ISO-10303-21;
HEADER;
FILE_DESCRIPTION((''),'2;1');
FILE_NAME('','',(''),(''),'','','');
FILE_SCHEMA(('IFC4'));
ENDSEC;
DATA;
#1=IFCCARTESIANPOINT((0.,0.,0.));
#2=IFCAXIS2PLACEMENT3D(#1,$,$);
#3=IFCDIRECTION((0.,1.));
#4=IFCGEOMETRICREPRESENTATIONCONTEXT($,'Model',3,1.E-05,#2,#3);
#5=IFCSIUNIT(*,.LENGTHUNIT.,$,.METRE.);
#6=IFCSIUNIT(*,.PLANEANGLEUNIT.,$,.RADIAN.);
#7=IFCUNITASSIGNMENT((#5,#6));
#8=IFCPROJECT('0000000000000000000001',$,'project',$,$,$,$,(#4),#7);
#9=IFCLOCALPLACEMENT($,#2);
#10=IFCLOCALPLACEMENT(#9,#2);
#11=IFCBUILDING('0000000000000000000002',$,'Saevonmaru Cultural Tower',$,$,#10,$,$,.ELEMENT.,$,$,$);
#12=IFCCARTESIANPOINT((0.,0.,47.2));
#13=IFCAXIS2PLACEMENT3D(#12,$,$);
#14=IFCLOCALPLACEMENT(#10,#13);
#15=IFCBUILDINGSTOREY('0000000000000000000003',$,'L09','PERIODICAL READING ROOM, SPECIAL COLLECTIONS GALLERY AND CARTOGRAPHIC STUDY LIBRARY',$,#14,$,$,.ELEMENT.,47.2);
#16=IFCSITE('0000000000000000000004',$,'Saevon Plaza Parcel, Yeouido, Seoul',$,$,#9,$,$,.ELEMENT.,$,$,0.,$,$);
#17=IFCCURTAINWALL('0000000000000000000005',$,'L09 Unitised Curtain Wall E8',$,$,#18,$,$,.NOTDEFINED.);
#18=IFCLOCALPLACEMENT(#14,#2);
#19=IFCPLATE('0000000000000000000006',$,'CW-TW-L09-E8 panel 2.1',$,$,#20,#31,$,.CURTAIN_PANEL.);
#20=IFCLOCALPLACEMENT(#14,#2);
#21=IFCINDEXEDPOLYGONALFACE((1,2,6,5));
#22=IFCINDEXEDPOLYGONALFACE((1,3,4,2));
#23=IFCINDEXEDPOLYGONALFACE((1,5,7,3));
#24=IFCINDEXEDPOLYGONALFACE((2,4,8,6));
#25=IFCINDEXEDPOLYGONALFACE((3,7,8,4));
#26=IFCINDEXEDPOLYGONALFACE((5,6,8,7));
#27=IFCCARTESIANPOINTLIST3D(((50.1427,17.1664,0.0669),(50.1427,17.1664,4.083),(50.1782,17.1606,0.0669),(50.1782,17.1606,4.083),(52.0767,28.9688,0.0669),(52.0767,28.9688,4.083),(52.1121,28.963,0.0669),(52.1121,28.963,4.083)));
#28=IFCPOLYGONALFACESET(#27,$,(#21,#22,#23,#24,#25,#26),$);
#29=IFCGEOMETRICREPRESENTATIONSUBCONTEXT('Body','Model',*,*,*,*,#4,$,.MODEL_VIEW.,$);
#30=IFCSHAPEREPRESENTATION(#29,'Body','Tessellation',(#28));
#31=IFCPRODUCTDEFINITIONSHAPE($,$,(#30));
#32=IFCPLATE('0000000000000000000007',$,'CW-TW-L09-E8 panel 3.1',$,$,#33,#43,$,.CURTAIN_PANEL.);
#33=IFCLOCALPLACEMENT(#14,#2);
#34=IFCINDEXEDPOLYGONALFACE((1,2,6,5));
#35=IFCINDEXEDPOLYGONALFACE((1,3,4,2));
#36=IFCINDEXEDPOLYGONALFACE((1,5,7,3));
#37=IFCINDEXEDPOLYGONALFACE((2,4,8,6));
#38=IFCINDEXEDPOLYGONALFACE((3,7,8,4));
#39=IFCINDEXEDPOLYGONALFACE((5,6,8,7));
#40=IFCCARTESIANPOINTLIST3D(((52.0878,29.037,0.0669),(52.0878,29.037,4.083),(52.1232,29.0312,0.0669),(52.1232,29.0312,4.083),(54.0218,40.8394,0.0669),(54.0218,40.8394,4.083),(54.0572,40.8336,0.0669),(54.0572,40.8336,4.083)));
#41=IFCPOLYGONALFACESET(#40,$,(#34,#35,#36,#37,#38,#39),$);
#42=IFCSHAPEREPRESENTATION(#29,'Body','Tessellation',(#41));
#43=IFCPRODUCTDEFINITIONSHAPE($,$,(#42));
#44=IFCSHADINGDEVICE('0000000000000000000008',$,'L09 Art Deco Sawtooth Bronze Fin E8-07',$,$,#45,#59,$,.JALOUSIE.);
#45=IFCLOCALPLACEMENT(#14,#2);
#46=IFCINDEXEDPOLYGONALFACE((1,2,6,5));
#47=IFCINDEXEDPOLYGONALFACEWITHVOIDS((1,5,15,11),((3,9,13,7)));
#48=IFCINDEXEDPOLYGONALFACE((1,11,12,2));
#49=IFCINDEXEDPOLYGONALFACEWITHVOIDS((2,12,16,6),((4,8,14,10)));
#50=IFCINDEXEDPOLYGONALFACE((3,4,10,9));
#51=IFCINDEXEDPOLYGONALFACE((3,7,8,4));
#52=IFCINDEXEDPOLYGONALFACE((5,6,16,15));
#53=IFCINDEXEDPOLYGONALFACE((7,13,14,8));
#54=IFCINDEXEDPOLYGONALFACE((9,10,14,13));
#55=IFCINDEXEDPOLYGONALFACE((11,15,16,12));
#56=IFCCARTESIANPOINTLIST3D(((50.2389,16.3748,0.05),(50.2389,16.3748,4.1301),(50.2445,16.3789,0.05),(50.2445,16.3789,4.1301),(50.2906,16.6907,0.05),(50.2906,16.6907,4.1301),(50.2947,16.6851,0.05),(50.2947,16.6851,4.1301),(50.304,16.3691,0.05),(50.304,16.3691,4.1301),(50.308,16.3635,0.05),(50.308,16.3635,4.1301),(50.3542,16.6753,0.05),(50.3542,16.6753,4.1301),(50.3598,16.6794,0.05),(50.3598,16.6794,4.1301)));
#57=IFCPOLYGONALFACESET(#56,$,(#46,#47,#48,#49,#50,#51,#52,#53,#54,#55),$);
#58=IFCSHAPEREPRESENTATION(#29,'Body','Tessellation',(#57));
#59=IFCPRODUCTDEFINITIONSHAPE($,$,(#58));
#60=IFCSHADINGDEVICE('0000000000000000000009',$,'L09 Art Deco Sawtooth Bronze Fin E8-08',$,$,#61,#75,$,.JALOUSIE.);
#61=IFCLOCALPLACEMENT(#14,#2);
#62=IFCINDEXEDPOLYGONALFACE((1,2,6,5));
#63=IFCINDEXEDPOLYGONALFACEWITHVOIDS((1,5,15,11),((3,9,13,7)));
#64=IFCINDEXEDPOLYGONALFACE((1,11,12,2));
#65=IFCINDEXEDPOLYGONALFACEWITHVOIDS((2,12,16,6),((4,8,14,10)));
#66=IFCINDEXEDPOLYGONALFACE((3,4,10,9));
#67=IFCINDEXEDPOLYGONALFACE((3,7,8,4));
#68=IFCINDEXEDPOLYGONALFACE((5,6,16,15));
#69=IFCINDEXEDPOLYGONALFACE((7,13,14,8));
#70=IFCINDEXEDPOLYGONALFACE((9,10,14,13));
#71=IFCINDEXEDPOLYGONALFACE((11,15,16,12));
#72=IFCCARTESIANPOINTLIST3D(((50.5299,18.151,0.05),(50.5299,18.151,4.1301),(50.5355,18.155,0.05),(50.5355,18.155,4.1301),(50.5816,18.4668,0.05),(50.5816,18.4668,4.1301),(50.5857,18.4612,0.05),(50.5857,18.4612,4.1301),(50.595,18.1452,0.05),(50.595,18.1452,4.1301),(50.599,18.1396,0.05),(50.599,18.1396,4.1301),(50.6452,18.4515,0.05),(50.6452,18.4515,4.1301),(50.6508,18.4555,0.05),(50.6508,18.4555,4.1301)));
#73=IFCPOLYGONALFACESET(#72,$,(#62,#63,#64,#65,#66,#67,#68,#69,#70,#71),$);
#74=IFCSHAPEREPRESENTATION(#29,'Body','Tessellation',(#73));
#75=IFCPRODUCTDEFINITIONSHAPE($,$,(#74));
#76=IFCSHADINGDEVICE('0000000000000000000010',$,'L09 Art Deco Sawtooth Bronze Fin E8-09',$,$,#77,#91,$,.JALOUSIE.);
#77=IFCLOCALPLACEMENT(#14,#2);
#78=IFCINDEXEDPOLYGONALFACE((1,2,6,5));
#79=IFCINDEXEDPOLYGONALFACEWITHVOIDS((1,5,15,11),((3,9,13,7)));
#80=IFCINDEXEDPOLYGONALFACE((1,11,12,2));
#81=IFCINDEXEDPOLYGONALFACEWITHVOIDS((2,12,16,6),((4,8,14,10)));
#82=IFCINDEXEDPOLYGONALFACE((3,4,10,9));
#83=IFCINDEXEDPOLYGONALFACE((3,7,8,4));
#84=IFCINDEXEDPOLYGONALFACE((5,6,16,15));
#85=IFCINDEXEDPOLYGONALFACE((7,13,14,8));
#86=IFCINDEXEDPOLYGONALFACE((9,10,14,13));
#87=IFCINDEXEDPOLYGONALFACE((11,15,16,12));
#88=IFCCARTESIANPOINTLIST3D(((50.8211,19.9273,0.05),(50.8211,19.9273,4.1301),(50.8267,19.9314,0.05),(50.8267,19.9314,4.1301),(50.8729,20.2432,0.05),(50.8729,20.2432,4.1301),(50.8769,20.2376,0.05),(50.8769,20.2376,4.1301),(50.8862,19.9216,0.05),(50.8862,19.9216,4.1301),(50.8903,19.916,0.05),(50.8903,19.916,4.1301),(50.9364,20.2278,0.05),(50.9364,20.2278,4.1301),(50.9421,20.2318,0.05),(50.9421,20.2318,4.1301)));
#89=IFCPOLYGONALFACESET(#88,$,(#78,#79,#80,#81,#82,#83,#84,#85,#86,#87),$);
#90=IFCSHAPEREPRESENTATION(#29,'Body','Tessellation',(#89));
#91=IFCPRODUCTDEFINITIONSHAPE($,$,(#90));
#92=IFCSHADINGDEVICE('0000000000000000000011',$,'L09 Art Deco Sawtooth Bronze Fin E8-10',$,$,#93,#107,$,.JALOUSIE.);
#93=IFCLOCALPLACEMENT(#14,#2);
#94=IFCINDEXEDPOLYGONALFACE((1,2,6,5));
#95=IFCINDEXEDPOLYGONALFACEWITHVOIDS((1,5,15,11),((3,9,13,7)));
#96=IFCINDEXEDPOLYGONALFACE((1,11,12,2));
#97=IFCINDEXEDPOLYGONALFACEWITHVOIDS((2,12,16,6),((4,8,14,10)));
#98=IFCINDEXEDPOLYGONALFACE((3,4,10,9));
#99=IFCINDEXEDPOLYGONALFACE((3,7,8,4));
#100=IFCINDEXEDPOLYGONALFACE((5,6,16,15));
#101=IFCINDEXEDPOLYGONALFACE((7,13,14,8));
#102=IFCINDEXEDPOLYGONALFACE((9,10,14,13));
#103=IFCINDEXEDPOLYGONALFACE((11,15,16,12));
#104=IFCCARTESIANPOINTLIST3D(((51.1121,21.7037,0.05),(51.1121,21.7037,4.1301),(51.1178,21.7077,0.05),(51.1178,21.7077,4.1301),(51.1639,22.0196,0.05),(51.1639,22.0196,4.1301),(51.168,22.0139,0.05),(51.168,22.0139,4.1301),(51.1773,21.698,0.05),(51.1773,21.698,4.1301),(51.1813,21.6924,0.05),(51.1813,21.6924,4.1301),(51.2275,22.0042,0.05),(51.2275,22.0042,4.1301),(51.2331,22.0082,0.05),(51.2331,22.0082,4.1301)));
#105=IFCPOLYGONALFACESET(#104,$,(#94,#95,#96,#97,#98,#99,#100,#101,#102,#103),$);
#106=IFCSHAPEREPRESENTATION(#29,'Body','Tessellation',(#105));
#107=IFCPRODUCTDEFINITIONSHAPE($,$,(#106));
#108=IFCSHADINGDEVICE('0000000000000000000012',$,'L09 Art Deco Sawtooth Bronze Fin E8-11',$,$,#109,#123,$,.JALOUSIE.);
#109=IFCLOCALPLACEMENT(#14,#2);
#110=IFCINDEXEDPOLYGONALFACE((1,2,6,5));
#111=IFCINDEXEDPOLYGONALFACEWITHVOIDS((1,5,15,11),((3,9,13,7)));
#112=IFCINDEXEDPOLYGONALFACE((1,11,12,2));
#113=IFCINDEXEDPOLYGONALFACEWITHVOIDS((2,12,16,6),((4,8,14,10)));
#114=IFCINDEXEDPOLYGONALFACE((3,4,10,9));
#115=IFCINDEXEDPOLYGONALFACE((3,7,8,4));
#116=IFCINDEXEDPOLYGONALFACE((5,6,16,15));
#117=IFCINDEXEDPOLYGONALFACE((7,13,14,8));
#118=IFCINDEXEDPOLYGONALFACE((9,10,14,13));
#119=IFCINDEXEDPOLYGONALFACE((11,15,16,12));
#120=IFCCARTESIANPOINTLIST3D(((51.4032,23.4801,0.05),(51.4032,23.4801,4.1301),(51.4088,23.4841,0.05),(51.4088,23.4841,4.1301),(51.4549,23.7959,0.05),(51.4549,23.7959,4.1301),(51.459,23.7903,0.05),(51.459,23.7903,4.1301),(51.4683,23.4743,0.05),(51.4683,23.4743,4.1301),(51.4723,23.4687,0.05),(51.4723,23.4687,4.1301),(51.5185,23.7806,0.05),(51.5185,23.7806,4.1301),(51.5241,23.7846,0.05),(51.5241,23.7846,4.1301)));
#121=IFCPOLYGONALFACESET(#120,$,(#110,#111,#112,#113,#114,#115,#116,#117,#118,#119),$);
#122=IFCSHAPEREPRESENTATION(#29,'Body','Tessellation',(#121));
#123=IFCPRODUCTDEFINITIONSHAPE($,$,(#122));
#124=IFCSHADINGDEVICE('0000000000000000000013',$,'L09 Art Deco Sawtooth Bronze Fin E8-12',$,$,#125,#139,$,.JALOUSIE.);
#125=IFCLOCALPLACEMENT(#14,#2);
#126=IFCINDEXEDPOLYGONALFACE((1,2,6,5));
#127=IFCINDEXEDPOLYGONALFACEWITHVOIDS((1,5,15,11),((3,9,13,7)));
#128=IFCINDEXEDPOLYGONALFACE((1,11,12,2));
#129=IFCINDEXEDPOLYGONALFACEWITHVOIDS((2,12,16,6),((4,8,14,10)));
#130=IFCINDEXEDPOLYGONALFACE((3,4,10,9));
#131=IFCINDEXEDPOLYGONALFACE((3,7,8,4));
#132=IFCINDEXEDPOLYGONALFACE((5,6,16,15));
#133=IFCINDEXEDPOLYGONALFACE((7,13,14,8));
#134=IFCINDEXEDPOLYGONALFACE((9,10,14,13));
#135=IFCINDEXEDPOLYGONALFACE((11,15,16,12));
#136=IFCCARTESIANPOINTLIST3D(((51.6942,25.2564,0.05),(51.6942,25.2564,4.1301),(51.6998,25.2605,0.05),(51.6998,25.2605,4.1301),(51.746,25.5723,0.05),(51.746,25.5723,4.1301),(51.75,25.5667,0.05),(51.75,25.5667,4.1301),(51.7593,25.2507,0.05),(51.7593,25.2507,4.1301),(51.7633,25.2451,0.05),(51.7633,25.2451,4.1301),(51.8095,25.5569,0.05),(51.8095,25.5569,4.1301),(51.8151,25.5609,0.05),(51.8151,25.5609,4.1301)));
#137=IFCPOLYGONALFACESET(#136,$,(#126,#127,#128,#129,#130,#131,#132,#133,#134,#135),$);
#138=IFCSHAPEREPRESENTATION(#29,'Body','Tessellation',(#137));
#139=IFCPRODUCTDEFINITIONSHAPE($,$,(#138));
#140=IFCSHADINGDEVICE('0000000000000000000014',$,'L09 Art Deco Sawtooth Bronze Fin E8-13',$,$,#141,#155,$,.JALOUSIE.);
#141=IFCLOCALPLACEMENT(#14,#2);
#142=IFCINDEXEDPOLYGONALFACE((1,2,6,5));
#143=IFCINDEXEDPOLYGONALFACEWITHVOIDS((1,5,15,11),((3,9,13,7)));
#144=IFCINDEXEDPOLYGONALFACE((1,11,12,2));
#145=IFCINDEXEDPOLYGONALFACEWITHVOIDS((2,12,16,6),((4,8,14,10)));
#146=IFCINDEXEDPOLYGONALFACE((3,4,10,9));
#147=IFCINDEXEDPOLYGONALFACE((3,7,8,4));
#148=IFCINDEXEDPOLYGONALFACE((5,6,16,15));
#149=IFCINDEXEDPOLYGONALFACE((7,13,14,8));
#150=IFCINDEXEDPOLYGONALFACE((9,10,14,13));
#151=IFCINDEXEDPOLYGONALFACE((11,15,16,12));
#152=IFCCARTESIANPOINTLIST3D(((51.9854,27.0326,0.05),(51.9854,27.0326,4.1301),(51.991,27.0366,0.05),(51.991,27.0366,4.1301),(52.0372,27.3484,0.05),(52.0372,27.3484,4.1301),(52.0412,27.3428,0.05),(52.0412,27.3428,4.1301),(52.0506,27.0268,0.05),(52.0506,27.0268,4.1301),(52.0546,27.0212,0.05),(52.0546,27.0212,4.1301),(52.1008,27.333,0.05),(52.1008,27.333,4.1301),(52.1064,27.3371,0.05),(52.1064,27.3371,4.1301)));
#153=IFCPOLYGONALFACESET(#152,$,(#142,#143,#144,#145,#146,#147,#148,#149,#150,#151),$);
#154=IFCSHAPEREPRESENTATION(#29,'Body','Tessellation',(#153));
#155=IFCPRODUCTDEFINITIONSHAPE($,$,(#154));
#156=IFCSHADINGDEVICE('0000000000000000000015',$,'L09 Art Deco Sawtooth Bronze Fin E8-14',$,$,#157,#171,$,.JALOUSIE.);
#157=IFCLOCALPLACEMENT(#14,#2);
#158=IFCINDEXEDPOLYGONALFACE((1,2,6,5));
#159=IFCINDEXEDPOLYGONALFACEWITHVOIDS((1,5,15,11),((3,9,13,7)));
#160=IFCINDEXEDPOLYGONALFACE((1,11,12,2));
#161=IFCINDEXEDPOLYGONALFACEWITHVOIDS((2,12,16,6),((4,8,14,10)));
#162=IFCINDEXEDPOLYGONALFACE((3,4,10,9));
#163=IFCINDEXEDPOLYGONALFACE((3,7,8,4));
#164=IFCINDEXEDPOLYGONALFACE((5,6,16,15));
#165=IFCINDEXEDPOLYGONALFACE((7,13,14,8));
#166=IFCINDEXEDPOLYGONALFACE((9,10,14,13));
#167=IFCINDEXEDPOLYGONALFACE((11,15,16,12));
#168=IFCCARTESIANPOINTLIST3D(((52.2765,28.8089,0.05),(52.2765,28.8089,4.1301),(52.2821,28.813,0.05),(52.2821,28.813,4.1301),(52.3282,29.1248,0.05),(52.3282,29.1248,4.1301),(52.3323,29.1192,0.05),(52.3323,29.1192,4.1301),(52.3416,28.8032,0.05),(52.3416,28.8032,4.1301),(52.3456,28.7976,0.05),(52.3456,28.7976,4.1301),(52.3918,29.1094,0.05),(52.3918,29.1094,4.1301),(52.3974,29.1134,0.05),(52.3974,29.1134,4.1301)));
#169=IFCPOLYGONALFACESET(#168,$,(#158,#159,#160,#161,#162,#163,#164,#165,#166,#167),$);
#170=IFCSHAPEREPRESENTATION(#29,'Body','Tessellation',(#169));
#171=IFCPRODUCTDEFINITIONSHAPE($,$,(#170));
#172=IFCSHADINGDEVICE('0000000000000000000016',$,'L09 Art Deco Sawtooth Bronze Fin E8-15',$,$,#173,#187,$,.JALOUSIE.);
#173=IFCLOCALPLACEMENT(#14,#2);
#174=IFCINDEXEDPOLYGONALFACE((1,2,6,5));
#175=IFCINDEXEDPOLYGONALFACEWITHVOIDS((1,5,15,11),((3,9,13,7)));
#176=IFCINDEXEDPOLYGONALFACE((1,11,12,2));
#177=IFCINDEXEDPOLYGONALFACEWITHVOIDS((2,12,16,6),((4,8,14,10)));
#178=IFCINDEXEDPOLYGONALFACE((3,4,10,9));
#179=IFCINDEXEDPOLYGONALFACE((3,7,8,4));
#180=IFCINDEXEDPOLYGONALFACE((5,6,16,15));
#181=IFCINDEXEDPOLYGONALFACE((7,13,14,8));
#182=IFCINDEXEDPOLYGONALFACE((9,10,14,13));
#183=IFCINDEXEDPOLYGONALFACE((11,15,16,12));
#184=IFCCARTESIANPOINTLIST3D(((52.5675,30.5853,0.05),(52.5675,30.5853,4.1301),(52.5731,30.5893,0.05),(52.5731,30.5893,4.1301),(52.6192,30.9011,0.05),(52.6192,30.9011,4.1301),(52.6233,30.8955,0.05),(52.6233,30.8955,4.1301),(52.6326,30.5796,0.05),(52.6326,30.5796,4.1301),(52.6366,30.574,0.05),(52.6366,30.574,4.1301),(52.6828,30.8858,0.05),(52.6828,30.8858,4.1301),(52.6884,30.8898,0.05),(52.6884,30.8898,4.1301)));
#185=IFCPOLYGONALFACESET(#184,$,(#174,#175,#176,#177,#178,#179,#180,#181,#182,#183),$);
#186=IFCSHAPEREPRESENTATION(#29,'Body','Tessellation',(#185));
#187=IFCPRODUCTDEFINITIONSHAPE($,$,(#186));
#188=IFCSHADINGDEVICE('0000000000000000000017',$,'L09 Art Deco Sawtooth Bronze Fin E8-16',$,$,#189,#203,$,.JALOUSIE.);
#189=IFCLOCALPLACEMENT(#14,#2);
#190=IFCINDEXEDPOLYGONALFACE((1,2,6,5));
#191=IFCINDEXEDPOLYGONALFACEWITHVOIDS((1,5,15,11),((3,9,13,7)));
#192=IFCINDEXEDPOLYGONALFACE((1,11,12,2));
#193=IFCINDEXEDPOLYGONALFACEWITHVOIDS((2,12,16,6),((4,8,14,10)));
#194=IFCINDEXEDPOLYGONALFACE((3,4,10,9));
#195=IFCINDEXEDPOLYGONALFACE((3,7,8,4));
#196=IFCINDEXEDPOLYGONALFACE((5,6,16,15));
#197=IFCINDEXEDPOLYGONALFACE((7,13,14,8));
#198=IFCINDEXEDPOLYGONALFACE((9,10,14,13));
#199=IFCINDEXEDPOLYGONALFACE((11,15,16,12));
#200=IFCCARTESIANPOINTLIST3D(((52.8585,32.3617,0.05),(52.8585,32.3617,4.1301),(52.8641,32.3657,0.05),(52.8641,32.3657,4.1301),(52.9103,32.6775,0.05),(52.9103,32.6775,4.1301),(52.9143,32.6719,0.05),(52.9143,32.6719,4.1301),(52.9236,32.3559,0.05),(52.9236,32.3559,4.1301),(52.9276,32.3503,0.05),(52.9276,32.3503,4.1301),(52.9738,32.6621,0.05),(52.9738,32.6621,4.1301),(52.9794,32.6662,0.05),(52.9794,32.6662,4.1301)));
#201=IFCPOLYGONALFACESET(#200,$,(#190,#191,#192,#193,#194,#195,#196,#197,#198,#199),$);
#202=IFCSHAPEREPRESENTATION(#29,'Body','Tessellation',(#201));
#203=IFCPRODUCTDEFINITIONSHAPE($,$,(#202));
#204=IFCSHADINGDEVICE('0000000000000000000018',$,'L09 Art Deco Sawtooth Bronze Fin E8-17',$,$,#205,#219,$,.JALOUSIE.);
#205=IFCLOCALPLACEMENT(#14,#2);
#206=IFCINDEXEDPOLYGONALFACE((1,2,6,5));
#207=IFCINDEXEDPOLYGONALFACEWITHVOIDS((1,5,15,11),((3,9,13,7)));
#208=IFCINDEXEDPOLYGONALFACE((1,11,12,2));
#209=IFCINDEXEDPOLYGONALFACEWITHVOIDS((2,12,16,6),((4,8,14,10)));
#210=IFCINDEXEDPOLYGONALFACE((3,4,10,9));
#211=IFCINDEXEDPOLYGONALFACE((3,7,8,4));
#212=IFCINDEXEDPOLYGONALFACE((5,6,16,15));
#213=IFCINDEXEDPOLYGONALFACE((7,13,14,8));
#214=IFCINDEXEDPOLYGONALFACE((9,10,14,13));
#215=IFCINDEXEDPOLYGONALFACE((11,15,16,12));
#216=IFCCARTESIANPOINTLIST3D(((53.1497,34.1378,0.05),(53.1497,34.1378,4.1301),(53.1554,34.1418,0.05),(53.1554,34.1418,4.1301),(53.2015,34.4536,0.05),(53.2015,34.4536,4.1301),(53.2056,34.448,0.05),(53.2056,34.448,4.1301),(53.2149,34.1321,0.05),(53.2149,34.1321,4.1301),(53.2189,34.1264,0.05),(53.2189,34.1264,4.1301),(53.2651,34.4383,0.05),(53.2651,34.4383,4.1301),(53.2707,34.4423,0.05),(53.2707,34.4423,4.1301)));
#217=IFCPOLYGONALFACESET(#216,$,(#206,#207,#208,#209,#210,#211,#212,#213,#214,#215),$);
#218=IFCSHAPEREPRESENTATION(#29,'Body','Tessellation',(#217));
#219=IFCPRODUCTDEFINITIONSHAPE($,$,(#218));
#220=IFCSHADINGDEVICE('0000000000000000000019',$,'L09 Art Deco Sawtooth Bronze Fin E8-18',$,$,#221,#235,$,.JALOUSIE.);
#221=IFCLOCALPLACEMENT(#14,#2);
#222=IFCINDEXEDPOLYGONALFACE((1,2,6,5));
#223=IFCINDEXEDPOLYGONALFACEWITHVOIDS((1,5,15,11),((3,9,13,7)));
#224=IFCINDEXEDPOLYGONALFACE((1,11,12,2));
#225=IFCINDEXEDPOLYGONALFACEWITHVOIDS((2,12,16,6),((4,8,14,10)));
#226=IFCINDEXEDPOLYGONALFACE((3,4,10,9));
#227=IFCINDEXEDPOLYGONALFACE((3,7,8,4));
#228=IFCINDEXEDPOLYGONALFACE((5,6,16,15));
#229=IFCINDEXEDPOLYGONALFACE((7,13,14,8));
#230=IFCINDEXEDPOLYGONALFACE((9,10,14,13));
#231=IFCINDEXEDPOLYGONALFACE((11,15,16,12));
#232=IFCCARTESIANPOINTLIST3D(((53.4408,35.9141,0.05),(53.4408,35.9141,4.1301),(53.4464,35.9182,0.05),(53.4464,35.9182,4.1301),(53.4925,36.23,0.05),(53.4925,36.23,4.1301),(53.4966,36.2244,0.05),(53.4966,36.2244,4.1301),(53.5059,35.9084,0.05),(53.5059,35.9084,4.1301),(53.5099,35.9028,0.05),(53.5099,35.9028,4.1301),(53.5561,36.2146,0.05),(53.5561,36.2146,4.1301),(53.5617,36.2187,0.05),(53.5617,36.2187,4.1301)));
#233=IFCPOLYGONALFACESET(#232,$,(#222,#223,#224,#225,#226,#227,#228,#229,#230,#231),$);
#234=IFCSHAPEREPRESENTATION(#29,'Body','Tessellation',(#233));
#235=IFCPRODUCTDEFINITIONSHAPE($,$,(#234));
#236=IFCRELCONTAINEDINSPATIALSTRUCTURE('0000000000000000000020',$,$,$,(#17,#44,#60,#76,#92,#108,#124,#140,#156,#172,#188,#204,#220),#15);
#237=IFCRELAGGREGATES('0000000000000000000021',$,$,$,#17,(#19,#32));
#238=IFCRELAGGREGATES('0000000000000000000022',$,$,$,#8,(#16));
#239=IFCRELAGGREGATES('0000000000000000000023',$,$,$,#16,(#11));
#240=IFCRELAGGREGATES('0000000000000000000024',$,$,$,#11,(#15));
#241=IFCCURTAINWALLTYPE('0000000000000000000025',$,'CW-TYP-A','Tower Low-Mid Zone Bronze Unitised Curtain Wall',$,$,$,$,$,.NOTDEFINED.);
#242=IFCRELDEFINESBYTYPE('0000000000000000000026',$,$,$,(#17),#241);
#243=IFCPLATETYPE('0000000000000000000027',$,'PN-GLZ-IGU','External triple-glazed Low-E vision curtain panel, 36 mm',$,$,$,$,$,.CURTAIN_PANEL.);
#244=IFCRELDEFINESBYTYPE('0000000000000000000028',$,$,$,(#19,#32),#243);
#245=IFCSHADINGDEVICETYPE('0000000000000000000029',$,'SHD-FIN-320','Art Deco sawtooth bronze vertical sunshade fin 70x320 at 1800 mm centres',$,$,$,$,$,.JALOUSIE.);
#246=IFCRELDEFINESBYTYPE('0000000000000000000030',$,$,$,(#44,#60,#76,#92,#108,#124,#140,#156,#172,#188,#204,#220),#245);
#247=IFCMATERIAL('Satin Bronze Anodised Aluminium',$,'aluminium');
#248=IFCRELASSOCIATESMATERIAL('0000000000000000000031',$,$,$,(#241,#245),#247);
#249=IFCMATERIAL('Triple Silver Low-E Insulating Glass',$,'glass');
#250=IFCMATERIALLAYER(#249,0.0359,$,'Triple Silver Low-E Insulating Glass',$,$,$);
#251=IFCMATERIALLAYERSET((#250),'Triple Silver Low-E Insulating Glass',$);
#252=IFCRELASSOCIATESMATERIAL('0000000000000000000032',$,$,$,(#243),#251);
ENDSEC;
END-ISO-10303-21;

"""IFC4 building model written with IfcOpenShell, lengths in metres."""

from ifc_helpers import new_model, si_unit, direction, frame, origin, origin_2d, place, context, subcontext, project, spatial, rectangle, hollow_rectangle, extrude, material, layer, layer_set, material_profile, profile_set, type_object, element, aggregate, save


model = new_model("IFC4")

# Units and contexts
model_context = context("Model", 3, precision=1e-05, world=origin(), true_north=direction((0.0, 1.0)))
body_context = subcontext(model_context, "Body", "Model", "MODEL_VIEW")
ifc_project = project(units=[si_unit("LENGTHUNIT", "METRE"), si_unit("PLANEANGLEUNIT", "RADIAN")], contexts=[model_context])

# Site, building, storey
site_placement = place(None, origin())
site = spatial("IfcSite", under=ifc_project, at=site_placement, Name="Saevon Plaza Parcel, Yeouido, Seoul", CompositionType="ELEMENT", RefElevation=0.0)
building_placement = place(site_placement, origin())
building = spatial("IfcBuilding", under=site, at=building_placement, Name="Saevonmaru Cultural Tower", CompositionType="ELEMENT")
storey_placement = place(building_placement, frame((0.0, 0.0, 47.2)))
storey = spatial("IfcBuildingStorey", under=building, at=storey_placement, Name="L09", Description="PERIODICAL READING ROOM, SPECIAL COLLECTIONS GALLERY AND CARTOGRAPHIC STUDY LIBRARY", CompositionType="ELEMENT", Elevation=47.2)

# Curtain wall, plates
ifc_material_1 = material(Name="Satin Bronze Anodised Aluminium", Category="aluminium")
curtain_wall_type = type_object("IfcCurtainWallType", Name="CW-TYP-A", Description="Tower Low-Mid Zone Bronze Unitised Curtain Wall", PredefinedType="NOTDEFINED", material=ifc_material_1)
curtain_wall_placement = place(storey_placement, origin())
curtain_wall = element("IfcCurtainWall", 1, at=curtain_wall_placement, inside=storey, type_object=curtain_wall_type, Name="L09 Unitised Curtain Wall E8", PredefinedType="NOTDEFINED")
ifc_material_2 = material(Name="Triple Silver Low-E Insulating Glass", Category="glass")
ifc_layer_1 = layer(ifc_material_2, 0.0359, Name="Triple Silver Low-E Insulating Glass")
ifc_layer_set_1 = layer_set([ifc_layer_1], Name="Triple Silver Low-E Insulating Glass")
plate_type = type_object("IfcPlateType", Name="PN-GLZ-IGU", Description="External triple-glazed Low-E vision curtain panel, 36 mm", PredefinedType="CURTAIN_PANEL", material=ifc_layer_set_1)
plate_1_placement = place(storey_placement, frame((51.1274, 23.0647, 0.0669), z_axis=(0.0, 0.0, 1.0), x_axis=(0.161709, 0.986839, 0.0)))
plate_1 = element("IfcPlate", 2, at=plate_1_placement, type_object=plate_type, Name="CW-TW-L09-E8 panel 2.1", PredefinedType="CURTAIN_PANEL", context=body_context, shape_type="SweptSolid", body=[
    extrude(rectangle(XDim=11.9597, YDim=0.0359, at=origin_2d()), origin(), (0.0, 0.0, 1.0), 4.0161),
])
plate_2_placement = place(storey_placement, frame((53.0725, 34.9353, 0.0669), z_axis=(0.0, 0.0, 1.0), x_axis=(0.161709, 0.986839, 0.0)))
plate_2 = element("IfcPlate", 3, at=plate_2_placement, type_object=plate_type, Name="CW-TW-L09-E8 panel 3.1", PredefinedType="CURTAIN_PANEL", context=body_context, shape_type="SweptSolid", body=[
    extrude(rectangle(XDim=11.9597, YDim=0.0359, at=origin_2d()), origin(), (0.0, 0.0, 1.0), 4.0161),
])
aggregate(curtain_wall, [plate_1, plate_2])

# Shading devices
ifc_material_profile_1 = material_profile(ifc_material_1, hollow_rectangle(XDim=0.0701, YDim=0.3201, WallThickness=0.0049, at=origin_2d()), Name="FIN-320x70")
ifc_profile_set_1 = profile_set([ifc_material_profile_1], Name="Satin Bronze Anodised Aluminium")
shading_device_type = type_object("IfcShadingDeviceType", Name="SHD-FIN-320", Description="Art Deco sawtooth bronze vertical sunshade fin 70x320 at 1800 mm centres", PredefinedType="JALOUSIE", material=ifc_profile_set_1)
for number, where, z_axis, x_axis, name in (
    (4, (50.2993, 16.5271, 0.05), (0.0, 0.0, 1.0), (0.986827, -0.161776, 0.0), "L09 Art Deco Sawtooth Bronze Fin E8-07"),
    (5, (50.5903, 18.3032, 0.05), (0.0, 0.0, 1.0), (0.986827, -0.161776, 0.0), "L09 Art Deco Sawtooth Bronze Fin E8-08"),
    (6, (50.8816, 20.0796, 0.05), (0.0, 0.0, 1.0), (0.986827, -0.161776, 0.0), "L09 Art Deco Sawtooth Bronze Fin E8-09"),
    (7, (51.1726, 21.856, 0.05), (0.0, 0.0, 1.0), (0.986827, -0.161776, 0.0), "L09 Art Deco Sawtooth Bronze Fin E8-10"),
    (8, (51.4636, 23.6323, 0.05), (0.0, 0.0, 1.0), (0.986827, -0.161776, 0.0), "L09 Art Deco Sawtooth Bronze Fin E8-11"),
    (9, (51.7546, 25.4087, 0.05), (0.0, 0.0, 1.0), (0.986827, -0.161776, 0.0), "L09 Art Deco Sawtooth Bronze Fin E8-12"),
    (10, (52.0459, 27.1848, 0.05), (0.0, 0.0, 1.0), (0.986827, -0.161776, 0.0), "L09 Art Deco Sawtooth Bronze Fin E8-13"),
    (11, (52.3369, 28.9612, 0.05), (0.0, 0.0, 1.0), (0.986827, -0.161776, 0.0), "L09 Art Deco Sawtooth Bronze Fin E8-14"),
    (12, (52.6279, 30.7375, 0.05), (0.0, 0.0, 1.0), (0.986827, -0.161776, 0.0), "L09 Art Deco Sawtooth Bronze Fin E8-15"),
    (13, (52.9189, 32.5139, 0.05), (0.0, 0.0, 1.0), (0.986827, -0.161776, 0.0), "L09 Art Deco Sawtooth Bronze Fin E8-16"),
    (14, (53.2102, 34.29, 0.05), (0.0, 0.0, 1.0), (0.986827, -0.161776, 0.0), "L09 Art Deco Sawtooth Bronze Fin E8-17"),
    (15, (53.5012, 36.0664, 0.05), (0.0, 0.0, 1.0), (0.986827, -0.161776, 0.0), "L09 Art Deco Sawtooth Bronze Fin E8-18"),
):
    element("IfcShadingDevice", number, at=place(storey_placement, frame(where, z_axis=z_axis, x_axis=x_axis)), inside=storey, type_object=shading_device_type, Name=name, PredefinedType="JALOUSIE", context=body_context, shape_type="SweptSolid", body=[
        extrude(hollow_rectangle(XDim=0.0701, YDim=0.3201, WallThickness=0.0049, at=origin_2d()), origin(), (0.0, 0.0, 1.0), 4.0801),
    ])

save(model, "model.ifc")
